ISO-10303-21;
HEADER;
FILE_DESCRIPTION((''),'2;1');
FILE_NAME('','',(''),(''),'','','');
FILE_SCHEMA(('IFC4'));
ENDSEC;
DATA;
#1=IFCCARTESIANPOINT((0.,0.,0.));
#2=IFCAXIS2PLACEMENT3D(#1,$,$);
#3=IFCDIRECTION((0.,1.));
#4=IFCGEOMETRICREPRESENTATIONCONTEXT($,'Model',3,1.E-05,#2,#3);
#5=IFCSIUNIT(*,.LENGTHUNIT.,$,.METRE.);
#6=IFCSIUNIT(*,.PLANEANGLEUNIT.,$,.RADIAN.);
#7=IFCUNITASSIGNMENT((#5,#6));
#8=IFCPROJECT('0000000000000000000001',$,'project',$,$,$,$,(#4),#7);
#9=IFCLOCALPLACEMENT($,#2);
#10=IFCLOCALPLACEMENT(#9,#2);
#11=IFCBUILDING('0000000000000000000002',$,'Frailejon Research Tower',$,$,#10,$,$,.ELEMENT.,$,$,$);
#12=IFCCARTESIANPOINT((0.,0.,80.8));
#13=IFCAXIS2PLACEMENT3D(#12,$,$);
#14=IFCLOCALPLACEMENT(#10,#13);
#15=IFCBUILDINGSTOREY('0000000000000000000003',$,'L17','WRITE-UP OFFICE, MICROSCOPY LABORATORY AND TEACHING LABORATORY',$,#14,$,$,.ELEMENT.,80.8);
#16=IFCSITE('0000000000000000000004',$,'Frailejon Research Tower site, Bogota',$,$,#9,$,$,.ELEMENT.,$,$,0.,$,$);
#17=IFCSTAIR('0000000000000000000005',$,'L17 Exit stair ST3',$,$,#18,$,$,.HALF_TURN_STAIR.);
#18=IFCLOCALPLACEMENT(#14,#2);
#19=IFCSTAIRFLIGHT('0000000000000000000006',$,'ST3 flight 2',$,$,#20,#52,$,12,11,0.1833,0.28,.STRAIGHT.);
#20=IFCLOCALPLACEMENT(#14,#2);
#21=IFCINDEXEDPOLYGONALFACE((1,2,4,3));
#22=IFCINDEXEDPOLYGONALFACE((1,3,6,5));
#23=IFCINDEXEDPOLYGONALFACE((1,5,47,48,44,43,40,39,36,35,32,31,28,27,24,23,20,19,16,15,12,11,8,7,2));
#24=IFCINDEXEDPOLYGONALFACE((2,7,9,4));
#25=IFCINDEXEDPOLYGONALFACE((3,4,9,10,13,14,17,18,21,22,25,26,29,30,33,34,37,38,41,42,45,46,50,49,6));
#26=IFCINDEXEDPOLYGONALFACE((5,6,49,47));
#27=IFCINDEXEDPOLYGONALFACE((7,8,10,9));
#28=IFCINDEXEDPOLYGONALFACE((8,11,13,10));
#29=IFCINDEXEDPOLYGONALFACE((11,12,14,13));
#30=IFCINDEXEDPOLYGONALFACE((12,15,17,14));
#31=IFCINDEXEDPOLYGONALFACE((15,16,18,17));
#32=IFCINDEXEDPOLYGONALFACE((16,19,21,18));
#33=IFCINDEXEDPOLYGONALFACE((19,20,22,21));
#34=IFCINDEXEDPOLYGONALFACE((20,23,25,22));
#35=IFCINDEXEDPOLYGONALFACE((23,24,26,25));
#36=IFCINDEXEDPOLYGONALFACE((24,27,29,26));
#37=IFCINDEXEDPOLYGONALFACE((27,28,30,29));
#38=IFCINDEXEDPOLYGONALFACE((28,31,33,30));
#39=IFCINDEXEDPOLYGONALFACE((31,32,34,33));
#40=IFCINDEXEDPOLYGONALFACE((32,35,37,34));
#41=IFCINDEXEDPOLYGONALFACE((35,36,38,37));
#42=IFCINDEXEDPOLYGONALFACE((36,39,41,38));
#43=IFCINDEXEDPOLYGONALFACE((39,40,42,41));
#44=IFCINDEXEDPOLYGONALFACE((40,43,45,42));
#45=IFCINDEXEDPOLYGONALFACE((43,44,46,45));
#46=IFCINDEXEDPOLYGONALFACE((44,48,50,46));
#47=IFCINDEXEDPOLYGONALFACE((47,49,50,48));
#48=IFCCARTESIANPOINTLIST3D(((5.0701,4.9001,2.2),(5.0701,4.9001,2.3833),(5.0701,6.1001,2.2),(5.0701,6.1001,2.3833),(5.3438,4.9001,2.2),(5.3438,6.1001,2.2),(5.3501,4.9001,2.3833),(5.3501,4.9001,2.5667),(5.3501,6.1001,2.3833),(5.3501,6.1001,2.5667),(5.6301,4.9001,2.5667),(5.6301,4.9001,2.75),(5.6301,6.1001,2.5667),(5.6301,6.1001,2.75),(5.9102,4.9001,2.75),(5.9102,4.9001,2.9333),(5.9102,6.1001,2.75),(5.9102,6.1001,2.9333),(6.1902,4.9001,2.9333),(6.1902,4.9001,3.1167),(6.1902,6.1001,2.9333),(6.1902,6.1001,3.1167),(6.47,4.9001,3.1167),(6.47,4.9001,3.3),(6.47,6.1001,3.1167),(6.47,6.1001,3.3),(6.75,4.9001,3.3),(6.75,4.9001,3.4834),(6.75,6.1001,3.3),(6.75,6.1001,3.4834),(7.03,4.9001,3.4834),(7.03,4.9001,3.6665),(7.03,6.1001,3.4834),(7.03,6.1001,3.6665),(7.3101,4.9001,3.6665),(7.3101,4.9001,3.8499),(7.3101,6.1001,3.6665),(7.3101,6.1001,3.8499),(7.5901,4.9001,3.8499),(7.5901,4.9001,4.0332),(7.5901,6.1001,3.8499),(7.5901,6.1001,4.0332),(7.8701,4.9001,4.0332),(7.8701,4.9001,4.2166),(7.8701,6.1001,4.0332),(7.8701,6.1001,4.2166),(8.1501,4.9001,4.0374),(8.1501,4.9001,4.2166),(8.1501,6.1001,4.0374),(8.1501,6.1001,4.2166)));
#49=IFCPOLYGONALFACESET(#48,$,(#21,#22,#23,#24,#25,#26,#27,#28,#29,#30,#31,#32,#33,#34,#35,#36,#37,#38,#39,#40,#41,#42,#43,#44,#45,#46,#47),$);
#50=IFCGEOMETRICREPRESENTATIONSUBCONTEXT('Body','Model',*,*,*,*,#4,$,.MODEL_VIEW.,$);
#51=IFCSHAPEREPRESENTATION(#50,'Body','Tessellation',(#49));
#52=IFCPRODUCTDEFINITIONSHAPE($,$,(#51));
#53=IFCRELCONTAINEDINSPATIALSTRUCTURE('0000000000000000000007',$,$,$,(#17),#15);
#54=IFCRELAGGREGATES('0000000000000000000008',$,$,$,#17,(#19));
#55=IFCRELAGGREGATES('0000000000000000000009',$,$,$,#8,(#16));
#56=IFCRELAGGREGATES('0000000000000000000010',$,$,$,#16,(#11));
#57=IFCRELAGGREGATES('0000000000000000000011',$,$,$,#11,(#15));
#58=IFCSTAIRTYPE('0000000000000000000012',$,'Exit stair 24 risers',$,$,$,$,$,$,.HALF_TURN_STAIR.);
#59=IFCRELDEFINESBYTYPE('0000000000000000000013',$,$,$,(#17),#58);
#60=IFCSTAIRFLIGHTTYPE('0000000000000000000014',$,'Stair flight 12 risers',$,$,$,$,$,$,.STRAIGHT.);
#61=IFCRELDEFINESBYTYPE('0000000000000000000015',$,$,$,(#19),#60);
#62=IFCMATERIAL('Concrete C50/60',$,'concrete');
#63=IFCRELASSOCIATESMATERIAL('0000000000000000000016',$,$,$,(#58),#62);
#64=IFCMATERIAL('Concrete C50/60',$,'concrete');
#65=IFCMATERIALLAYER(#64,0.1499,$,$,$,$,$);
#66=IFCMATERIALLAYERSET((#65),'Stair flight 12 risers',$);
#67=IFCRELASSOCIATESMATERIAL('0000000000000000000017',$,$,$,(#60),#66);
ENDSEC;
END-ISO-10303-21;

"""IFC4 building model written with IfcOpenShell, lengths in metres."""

from ifc_helpers import new_model, si_unit, direction, frame, origin, place, context, subcontext, project, spatial, polyline, outline, extrude, material, layer, layer_set, type_object, element, aggregate, save


model = new_model("IFC4")

# Units and contexts
model_context = context("Model", 3, precision=1e-05, world=origin(), true_north=direction((0.0, 1.0)))
body_context = subcontext(model_context, "Body", "Model", "MODEL_VIEW")
ifc_project = project(units=[si_unit("LENGTHUNIT", "METRE"), si_unit("PLANEANGLEUNIT", "RADIAN")], contexts=[model_context])

# Site, building, storey
site_placement = place(None, origin())
site = spatial("IfcSite", under=ifc_project, at=site_placement, Name="Frailejon Research Tower site, Bogota", CompositionType="ELEMENT", RefElevation=0.0)
building_placement = place(site_placement, origin())
building = spatial("IfcBuilding", under=site, at=building_placement, Name="Frailejon Research Tower", CompositionType="ELEMENT")
storey_placement = place(building_placement, frame((0.0, 0.0, 80.8)))
storey = spatial("IfcBuildingStorey", under=building, at=storey_placement, Name="L17", Description="WRITE-UP OFFICE, MICROSCOPY LABORATORY AND TEACHING LABORATORY", CompositionType="ELEMENT", Elevation=80.8)

# Stair
ifc_material_1 = material(Name="Concrete C50/60", Category="concrete")
stair_type = type_object("IfcStairType", Name="Exit stair 24 risers", PredefinedType="HALF_TURN_STAIR", material=ifc_material_1)
stair_1_placement = place(storey_placement, origin())
stair_1 = element("IfcStair", 1, at=stair_1_placement, inside=storey, type_object=stair_type, Name="L17 Exit stair ST3", PredefinedType="HALF_TURN_STAIR")

# Stair flight
ifc_material_2 = material(Name="Concrete C50/60", Category="concrete")
ifc_layer_1 = layer(ifc_material_2, 0.1499)
ifc_layer_set_1 = layer_set([ifc_layer_1], Name="Stair flight 12 risers")
stair_flight_type = type_object("IfcStairFlightType", Name="Stair flight 12 risers", PredefinedType="STRAIGHT", material=ifc_layer_set_1)
stair_flight_1_placement = place(storey_placement, frame((5.0701, 5.5, 2.2), z_axis=(0.0, 0.0, 1.0), x_axis=(1.0, 0.0, 0.0)))
stair_flight_1 = element("IfcStairFlight", 2, at=stair_flight_1_placement, type_object=stair_flight_type, Name="ST3 flight 2", NumberOfRisers=12, NumberOfTreads=11, PredefinedType="STRAIGHT", RiserHeight=0.1833, TreadLength=0.28, context=body_context, shape_type="SweptSolid", body=[
    extrude(outline(polyline([(0.0, 0.0), (0.0, 0.1833), (0.28, 0.1833), (0.28, 0.3667), (0.5601, 0.3667), (0.5601, 0.55), (0.8401, 0.55), (0.8401, 0.7334), (1.1201, 0.7334), (1.1201, 0.9167), (1.3999, 0.9167), (1.3999, 1.1001), (1.6799, 1.1001), (1.6799, 1.2834), (1.96, 1.2834), (1.96, 1.4666), (2.24, 1.4666), (2.24, 1.6499), (2.52, 1.6499), (2.52, 1.8333), (2.8, 1.8333), (2.8, 2.0166), (3.0801, 2.0166), (3.0801, 2.2), (3.0801, 1.8374), (0.2737, 0.0), (0.0, 0.0)])), frame((0.0, 0.6001, 0.0), z_axis=(0.0, -1.0, 0.0), x_axis=(1.0, 0.0, 0.0)), (0.0, 0.0, 1.0), 1.2),
])
aggregate(stair_1, [stair_flight_1])

save(model, "model.ifc")
